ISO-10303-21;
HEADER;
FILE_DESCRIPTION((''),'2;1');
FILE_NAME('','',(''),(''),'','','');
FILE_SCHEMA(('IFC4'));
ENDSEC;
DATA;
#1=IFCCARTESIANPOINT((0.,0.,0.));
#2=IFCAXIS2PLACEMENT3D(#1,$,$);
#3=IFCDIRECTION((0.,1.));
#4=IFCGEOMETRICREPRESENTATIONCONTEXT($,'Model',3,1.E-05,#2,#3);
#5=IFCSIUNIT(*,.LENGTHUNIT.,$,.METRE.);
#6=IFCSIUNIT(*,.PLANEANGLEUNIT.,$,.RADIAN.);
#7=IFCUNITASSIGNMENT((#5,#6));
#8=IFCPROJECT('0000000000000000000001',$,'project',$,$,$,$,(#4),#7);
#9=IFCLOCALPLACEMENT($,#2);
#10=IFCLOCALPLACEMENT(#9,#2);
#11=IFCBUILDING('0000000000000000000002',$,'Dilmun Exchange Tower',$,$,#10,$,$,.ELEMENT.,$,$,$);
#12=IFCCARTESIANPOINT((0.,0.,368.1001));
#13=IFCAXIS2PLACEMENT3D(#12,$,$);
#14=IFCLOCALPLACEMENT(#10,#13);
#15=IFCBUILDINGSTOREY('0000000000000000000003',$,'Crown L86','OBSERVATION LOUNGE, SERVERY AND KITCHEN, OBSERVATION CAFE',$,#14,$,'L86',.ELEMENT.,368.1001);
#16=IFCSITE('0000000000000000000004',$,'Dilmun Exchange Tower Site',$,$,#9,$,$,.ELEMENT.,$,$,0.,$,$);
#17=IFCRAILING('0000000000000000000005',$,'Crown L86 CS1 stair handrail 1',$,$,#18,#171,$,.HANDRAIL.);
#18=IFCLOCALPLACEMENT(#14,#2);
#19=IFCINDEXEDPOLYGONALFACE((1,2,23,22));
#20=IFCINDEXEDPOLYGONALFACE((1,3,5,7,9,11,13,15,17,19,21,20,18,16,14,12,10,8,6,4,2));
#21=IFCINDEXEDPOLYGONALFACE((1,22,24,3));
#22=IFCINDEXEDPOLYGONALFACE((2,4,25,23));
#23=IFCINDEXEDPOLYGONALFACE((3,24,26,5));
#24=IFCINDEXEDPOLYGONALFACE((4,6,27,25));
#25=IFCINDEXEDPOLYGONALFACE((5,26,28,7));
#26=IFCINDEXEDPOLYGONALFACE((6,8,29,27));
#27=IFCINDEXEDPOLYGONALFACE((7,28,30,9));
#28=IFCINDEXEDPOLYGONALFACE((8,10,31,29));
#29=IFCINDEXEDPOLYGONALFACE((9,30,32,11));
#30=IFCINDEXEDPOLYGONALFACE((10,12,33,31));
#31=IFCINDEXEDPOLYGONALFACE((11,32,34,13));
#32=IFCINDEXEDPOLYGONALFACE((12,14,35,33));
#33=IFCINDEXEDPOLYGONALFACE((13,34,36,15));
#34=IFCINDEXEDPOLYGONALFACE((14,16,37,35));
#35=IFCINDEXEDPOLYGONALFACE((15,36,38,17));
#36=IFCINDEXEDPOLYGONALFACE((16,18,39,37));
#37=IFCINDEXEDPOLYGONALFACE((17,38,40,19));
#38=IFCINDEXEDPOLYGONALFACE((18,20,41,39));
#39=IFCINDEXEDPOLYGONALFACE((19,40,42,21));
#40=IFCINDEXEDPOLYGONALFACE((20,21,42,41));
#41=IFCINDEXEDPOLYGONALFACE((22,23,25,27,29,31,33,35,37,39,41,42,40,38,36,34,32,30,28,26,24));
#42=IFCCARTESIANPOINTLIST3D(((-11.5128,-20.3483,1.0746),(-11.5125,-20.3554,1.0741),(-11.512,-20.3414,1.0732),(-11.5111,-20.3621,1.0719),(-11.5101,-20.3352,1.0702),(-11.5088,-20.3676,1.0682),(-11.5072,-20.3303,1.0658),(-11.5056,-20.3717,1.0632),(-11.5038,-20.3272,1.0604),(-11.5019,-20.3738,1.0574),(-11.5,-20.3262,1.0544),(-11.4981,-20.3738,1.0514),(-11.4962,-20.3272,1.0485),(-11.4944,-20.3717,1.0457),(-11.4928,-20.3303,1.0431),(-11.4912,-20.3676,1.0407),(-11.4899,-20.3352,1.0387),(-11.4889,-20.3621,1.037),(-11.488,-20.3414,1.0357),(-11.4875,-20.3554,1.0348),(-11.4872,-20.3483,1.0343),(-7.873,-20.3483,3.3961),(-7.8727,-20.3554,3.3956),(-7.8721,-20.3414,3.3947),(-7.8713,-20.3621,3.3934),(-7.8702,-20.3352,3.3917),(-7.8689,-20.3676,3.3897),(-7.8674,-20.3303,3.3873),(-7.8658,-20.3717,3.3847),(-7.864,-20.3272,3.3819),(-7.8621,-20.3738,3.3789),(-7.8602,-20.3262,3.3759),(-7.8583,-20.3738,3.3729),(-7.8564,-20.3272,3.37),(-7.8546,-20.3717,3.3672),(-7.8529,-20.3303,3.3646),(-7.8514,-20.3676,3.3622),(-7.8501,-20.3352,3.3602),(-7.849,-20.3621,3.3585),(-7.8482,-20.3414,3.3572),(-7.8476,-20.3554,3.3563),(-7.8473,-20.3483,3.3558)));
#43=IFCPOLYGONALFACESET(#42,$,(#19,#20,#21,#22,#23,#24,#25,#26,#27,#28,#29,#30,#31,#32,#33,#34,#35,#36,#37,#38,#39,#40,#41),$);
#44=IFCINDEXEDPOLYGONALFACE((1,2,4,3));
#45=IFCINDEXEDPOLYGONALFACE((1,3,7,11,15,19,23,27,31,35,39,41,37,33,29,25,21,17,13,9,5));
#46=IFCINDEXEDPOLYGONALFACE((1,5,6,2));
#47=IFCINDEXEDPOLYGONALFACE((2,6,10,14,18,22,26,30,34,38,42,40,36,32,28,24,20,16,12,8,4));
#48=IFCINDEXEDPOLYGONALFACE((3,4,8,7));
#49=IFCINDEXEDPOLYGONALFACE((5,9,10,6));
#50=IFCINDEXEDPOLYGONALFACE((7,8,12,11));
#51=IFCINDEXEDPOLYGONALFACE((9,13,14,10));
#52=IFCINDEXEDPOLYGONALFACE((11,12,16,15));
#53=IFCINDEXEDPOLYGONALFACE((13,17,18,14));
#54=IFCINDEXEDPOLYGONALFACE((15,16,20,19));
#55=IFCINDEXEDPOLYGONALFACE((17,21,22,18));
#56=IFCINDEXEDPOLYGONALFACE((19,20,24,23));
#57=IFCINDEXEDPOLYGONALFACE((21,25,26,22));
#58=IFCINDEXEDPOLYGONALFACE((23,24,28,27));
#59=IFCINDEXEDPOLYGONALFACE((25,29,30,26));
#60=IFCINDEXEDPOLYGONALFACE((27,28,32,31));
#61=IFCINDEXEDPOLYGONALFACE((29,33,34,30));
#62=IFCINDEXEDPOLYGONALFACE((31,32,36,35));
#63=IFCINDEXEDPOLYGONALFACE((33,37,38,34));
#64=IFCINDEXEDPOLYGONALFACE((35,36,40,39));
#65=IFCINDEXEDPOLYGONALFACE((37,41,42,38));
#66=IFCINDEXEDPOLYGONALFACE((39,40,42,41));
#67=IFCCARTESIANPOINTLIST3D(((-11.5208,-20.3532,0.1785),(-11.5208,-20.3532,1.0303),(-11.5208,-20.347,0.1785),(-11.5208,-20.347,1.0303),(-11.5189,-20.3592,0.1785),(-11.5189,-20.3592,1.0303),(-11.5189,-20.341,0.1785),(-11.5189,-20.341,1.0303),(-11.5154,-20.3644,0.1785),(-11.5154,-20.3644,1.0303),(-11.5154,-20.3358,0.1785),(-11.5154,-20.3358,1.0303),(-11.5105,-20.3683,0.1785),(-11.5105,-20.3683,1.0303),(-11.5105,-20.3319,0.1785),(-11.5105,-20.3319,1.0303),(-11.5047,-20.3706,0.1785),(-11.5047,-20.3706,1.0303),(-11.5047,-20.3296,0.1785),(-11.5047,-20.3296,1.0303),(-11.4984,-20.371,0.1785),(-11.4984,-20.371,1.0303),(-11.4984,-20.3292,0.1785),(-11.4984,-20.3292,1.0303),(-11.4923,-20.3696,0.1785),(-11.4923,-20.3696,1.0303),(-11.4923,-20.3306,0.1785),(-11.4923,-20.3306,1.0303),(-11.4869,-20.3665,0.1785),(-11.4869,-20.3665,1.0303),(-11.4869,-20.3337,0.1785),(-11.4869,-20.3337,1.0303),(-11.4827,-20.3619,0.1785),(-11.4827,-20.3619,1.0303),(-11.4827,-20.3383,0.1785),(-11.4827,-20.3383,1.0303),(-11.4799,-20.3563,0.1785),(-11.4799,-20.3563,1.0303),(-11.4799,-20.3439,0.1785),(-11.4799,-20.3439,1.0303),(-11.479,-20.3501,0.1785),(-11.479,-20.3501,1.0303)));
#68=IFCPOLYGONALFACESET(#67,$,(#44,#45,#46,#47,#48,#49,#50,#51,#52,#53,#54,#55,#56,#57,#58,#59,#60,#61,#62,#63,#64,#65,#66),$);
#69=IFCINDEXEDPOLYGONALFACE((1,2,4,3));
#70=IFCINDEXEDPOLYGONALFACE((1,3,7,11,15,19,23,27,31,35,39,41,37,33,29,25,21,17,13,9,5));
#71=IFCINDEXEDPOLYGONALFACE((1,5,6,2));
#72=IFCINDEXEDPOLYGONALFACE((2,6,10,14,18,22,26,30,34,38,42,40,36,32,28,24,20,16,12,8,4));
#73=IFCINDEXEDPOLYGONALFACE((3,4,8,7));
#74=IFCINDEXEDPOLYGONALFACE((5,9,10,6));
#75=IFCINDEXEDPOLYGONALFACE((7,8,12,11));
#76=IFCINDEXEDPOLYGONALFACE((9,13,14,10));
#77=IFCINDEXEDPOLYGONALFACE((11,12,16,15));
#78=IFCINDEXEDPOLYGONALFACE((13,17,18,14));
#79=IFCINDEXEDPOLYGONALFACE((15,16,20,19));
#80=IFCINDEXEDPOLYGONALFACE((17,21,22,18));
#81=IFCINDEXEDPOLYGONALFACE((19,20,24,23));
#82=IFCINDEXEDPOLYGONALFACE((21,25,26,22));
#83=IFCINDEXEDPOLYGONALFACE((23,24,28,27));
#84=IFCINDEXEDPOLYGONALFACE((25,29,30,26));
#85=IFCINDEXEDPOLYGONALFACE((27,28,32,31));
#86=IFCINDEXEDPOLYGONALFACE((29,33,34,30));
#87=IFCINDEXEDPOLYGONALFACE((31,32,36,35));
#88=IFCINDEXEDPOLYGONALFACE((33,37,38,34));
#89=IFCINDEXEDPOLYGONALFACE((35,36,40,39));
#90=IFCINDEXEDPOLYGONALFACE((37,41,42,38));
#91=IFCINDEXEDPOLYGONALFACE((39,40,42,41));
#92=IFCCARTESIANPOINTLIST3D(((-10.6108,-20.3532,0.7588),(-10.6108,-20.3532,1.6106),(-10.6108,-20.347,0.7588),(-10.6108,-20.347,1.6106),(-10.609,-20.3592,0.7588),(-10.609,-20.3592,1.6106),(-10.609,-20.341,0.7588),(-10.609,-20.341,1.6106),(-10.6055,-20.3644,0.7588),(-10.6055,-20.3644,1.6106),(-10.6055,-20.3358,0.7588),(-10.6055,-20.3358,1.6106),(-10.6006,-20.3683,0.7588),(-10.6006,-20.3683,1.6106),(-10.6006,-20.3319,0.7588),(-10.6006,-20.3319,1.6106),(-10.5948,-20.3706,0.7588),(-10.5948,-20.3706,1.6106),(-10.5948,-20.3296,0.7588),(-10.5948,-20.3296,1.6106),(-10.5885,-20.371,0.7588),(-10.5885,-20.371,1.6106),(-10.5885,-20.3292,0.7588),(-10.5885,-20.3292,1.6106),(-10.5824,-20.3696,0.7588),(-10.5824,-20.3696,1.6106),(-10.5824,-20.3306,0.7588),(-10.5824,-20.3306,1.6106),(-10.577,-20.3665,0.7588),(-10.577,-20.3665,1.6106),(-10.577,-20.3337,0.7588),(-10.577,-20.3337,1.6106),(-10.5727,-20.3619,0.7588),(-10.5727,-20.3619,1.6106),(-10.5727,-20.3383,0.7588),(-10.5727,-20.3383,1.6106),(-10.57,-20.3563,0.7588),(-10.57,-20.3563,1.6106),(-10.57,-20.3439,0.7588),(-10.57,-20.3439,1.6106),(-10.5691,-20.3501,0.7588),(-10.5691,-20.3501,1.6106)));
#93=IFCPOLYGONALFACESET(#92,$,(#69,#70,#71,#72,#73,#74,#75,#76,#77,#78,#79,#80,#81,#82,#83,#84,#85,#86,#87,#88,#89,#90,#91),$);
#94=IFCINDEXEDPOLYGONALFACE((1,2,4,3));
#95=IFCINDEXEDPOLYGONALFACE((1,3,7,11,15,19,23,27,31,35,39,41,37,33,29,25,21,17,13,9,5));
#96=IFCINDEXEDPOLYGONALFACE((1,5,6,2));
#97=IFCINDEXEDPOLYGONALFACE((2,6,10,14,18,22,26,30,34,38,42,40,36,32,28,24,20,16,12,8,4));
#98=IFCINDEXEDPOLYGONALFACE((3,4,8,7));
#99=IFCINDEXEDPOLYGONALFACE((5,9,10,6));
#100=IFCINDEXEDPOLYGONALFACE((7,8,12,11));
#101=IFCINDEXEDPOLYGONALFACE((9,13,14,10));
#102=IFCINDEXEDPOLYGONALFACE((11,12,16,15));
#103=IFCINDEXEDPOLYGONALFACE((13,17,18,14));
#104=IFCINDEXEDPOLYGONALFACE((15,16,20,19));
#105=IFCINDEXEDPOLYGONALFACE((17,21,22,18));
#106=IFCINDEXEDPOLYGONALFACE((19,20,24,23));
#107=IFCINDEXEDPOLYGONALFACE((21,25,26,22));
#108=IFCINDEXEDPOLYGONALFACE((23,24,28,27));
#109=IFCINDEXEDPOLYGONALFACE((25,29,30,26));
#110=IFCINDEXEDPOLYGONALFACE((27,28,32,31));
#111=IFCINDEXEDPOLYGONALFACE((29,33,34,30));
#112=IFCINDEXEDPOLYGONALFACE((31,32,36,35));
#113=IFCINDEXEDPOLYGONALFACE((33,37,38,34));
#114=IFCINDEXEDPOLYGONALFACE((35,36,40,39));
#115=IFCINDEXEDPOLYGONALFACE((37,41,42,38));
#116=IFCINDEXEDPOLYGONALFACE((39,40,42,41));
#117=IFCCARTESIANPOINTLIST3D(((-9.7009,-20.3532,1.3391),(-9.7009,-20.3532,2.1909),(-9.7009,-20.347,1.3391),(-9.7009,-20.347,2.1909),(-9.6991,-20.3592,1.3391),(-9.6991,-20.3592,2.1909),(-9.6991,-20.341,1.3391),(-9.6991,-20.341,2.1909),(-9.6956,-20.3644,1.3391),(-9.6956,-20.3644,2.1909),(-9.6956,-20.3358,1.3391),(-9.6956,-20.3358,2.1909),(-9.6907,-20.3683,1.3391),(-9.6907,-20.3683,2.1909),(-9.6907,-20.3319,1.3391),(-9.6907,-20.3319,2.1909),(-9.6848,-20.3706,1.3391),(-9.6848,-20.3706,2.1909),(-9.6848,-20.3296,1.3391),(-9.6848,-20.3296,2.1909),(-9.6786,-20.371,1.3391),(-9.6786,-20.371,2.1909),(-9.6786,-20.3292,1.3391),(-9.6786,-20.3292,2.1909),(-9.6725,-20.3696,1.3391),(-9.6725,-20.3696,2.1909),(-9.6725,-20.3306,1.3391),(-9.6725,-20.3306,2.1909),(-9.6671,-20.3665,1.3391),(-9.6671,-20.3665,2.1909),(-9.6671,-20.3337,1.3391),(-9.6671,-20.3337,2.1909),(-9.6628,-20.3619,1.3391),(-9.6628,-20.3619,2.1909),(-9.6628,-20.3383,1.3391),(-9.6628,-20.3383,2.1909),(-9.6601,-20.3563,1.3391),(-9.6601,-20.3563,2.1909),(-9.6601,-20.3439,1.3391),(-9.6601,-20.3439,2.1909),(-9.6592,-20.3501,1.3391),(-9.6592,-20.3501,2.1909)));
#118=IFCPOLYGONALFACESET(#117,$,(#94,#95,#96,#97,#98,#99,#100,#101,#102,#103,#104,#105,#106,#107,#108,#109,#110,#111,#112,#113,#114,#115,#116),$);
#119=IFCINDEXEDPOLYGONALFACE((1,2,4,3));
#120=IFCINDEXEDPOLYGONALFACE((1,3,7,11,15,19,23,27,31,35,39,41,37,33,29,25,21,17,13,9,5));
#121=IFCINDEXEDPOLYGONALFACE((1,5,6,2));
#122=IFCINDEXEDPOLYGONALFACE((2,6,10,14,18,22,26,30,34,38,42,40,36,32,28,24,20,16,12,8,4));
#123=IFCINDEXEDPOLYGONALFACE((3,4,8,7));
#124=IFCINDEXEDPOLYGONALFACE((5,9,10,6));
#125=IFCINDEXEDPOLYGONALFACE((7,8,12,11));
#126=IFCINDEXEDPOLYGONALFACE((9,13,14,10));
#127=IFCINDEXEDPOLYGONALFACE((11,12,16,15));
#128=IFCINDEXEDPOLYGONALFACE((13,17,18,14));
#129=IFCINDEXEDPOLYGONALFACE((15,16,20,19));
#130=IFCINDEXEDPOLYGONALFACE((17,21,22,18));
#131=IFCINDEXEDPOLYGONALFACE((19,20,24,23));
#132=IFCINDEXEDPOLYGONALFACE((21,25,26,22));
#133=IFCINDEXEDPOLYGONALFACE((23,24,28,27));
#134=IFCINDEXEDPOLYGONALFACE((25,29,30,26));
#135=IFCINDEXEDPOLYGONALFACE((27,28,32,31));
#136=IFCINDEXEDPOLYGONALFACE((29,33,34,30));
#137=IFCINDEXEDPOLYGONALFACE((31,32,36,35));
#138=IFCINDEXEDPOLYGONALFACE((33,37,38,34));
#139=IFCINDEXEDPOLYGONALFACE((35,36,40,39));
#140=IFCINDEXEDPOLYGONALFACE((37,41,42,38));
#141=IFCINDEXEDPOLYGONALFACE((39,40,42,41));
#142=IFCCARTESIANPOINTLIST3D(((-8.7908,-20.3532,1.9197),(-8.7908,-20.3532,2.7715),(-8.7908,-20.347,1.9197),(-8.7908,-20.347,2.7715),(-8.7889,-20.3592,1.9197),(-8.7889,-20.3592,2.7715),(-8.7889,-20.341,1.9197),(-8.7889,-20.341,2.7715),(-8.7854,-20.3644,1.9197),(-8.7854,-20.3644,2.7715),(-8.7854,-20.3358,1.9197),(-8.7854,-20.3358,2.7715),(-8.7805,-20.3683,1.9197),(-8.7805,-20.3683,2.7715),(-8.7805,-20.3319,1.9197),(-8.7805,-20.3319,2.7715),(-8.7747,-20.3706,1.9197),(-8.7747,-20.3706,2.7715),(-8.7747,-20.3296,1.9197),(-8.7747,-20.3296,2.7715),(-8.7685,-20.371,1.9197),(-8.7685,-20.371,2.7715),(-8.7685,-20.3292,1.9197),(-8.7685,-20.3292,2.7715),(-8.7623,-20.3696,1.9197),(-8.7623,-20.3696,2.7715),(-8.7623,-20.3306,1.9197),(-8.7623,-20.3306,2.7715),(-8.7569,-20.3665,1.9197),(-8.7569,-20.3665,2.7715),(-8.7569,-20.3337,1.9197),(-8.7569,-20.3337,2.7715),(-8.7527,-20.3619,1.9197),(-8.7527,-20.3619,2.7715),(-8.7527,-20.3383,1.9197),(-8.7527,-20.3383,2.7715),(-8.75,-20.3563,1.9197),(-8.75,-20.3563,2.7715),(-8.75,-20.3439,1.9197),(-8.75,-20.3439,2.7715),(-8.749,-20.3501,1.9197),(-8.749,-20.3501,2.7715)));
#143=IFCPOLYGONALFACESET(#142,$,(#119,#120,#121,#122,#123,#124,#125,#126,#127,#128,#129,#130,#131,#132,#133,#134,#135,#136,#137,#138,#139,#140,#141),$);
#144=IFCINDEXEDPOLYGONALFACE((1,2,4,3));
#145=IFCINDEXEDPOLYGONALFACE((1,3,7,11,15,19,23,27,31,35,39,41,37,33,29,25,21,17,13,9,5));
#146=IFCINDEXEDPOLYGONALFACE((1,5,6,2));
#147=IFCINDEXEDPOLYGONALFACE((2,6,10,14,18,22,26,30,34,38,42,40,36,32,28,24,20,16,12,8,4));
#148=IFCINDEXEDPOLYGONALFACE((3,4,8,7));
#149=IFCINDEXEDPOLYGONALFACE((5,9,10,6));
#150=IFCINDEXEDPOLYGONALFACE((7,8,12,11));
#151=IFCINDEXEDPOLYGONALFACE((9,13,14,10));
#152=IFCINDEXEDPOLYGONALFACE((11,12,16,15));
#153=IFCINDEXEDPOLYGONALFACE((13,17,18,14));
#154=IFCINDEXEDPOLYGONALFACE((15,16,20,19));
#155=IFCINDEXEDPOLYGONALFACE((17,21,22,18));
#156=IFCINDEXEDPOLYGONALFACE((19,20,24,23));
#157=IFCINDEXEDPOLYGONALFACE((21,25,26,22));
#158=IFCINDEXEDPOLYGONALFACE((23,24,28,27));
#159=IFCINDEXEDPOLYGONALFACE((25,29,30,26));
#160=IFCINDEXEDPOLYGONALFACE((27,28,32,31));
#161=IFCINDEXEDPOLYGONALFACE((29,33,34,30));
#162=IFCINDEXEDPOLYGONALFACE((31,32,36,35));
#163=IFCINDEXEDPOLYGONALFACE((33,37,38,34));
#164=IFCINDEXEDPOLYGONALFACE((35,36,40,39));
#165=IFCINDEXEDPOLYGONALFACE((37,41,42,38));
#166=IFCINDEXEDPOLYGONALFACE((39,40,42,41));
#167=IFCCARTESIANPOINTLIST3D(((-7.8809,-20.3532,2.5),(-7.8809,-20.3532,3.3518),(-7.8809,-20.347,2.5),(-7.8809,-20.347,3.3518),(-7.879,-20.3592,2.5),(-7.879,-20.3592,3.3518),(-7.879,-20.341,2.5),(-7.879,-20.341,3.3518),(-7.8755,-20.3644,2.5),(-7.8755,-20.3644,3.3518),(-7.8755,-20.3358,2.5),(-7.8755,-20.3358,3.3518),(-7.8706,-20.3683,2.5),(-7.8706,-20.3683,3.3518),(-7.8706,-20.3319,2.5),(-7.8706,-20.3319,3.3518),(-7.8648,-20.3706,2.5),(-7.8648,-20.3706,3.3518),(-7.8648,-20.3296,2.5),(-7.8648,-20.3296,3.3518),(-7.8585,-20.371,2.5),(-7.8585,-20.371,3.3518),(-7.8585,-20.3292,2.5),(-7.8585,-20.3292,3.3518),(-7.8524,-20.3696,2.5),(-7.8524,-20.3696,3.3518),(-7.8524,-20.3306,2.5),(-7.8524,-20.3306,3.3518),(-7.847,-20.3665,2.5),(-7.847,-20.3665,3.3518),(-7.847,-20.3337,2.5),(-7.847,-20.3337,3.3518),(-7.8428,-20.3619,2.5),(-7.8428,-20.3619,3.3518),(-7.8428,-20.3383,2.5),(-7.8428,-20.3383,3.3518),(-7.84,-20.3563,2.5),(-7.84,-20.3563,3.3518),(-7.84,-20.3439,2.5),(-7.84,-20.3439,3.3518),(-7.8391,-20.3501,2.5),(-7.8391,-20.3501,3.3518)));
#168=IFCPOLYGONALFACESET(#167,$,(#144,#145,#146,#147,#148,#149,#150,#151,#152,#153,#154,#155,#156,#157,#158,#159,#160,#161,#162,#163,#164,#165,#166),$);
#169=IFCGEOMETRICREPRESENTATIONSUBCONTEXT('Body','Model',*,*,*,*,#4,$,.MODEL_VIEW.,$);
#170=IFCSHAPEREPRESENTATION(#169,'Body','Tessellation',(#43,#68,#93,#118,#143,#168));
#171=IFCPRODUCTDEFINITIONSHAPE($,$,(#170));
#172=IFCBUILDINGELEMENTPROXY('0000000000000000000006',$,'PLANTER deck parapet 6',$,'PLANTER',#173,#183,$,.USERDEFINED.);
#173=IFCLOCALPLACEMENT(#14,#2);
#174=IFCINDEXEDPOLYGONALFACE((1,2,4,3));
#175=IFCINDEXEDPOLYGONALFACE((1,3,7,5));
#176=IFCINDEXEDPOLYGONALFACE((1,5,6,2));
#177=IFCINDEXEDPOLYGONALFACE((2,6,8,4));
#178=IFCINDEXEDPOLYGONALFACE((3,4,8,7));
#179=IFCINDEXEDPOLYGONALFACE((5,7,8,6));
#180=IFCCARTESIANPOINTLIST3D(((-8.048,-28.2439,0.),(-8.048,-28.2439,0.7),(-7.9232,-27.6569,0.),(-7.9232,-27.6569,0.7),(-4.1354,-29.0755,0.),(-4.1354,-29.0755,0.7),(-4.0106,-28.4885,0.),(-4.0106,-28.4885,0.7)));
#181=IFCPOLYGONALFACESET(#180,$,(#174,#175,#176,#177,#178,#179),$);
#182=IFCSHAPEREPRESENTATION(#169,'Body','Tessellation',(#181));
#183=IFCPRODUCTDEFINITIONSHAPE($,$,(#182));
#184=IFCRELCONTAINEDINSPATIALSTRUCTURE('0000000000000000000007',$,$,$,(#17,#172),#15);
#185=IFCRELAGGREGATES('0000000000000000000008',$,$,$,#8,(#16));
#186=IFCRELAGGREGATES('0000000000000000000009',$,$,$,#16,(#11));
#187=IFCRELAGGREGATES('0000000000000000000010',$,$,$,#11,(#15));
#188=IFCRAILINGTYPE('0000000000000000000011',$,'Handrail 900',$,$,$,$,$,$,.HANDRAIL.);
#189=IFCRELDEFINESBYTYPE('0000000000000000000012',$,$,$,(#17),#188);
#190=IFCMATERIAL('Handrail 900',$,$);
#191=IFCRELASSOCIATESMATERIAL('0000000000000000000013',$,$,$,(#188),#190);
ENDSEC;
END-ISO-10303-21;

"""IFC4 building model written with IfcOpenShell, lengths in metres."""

from ifc_helpers import new_model, si_unit, direction, frame, origin, origin_2d, place, context, subcontext, project, spatial, rectangle, circle, extrude, material, type_object, element, save


model = new_model("IFC4")

# Units and contexts
model_context = context("Model", 3, precision=1e-05, world=origin(), true_north=direction((0.0, 1.0)))
body_context = subcontext(model_context, "Body", "Model", "MODEL_VIEW")
ifc_project = project(units=[si_unit("LENGTHUNIT", "METRE"), si_unit("PLANEANGLEUNIT", "RADIAN")], contexts=[model_context])

# Site, building, storey
site_placement = place(None, origin())
site = spatial("IfcSite", under=ifc_project, at=site_placement, Name="Dilmun Exchange Tower Site", CompositionType="ELEMENT", RefElevation=0.0)
building_placement = place(site_placement, origin())
building = spatial("IfcBuilding", under=site, at=building_placement, Name="Dilmun Exchange Tower", CompositionType="ELEMENT")
storey_placement = place(building_placement, frame((0.0, 0.0, 368.1001)))
storey = spatial("IfcBuildingStorey", under=building, at=storey_placement, Name="Crown L86", Description="OBSERVATION LOUNGE, SERVERY AND KITCHEN, OBSERVATION CAFE", LongName="L86", CompositionType="ELEMENT", Elevation=368.1001)

# Railing
ifc_material_1 = material(Name="Handrail 900")
railing_type = type_object("IfcRailingType", Name="Handrail 900", PredefinedType="HANDRAIL", material=ifc_material_1)
railing_placement = place(storey_placement, frame((-11.5, -20.3501, 0.1785)))
element("IfcRailing", 1, at=railing_placement, inside=storey, type_object=railing_type, Name="Crown L86 CS1 stair handrail 1", PredefinedType="HANDRAIL", context=body_context, shape_type="SweptSolid", body=[
    extrude(circle(Radius=0.0239, at=origin_2d()), frame((0.0, 0.0, 0.876), z_axis=(0.843112, 0.0, 0.537739), x_axis=(0.0, 1.0, 0.0)), (0.0, 0.0, 1.0), 4.3171),
    extrude(circle(Radius=0.021, at=origin_2d()), origin(), (0.0, 0.0, 1.0), 0.8518),
    extrude(circle(Radius=0.021, at=origin_2d()), frame((0.9099, 0.0, 0.5803)), (0.0, 0.0, 1.0), 0.8518),
    extrude(circle(Radius=0.021, at=origin_2d()), frame((1.8198, 0.0, 1.1606)), (0.0, 0.0, 1.0), 0.8518),
    extrude(circle(Radius=0.021, at=origin_2d()), frame((2.73, 0.0, 1.7412)), (0.0, 0.0, 1.0), 0.8518),
    extrude(circle(Radius=0.021, at=origin_2d()), frame((3.6399, 0.0, 2.3215)), (0.0, 0.0, 1.0), 0.8518),
])

# Building element proxy
proxy_placement = place(storey_placement, frame((-6.0293, -28.3662, 0.0), z_axis=(0.0, 0.0, 1.0), x_axis=(0.978148, -0.207912, 0.0)))
element("IfcBuildingElementProxy", 2, at=proxy_placement, inside=storey, Name="PLANTER deck parapet 6", ObjectType="PLANTER", PredefinedType="USERDEFINED", context=body_context, shape_type="SweptSolid", body=[
    extrude(rectangle(XDim=4.0, YDim=0.6001, at=origin_2d()), origin(), (0.0, 0.0, 1.0), 0.7),
])

save(model, "model.ifc")
